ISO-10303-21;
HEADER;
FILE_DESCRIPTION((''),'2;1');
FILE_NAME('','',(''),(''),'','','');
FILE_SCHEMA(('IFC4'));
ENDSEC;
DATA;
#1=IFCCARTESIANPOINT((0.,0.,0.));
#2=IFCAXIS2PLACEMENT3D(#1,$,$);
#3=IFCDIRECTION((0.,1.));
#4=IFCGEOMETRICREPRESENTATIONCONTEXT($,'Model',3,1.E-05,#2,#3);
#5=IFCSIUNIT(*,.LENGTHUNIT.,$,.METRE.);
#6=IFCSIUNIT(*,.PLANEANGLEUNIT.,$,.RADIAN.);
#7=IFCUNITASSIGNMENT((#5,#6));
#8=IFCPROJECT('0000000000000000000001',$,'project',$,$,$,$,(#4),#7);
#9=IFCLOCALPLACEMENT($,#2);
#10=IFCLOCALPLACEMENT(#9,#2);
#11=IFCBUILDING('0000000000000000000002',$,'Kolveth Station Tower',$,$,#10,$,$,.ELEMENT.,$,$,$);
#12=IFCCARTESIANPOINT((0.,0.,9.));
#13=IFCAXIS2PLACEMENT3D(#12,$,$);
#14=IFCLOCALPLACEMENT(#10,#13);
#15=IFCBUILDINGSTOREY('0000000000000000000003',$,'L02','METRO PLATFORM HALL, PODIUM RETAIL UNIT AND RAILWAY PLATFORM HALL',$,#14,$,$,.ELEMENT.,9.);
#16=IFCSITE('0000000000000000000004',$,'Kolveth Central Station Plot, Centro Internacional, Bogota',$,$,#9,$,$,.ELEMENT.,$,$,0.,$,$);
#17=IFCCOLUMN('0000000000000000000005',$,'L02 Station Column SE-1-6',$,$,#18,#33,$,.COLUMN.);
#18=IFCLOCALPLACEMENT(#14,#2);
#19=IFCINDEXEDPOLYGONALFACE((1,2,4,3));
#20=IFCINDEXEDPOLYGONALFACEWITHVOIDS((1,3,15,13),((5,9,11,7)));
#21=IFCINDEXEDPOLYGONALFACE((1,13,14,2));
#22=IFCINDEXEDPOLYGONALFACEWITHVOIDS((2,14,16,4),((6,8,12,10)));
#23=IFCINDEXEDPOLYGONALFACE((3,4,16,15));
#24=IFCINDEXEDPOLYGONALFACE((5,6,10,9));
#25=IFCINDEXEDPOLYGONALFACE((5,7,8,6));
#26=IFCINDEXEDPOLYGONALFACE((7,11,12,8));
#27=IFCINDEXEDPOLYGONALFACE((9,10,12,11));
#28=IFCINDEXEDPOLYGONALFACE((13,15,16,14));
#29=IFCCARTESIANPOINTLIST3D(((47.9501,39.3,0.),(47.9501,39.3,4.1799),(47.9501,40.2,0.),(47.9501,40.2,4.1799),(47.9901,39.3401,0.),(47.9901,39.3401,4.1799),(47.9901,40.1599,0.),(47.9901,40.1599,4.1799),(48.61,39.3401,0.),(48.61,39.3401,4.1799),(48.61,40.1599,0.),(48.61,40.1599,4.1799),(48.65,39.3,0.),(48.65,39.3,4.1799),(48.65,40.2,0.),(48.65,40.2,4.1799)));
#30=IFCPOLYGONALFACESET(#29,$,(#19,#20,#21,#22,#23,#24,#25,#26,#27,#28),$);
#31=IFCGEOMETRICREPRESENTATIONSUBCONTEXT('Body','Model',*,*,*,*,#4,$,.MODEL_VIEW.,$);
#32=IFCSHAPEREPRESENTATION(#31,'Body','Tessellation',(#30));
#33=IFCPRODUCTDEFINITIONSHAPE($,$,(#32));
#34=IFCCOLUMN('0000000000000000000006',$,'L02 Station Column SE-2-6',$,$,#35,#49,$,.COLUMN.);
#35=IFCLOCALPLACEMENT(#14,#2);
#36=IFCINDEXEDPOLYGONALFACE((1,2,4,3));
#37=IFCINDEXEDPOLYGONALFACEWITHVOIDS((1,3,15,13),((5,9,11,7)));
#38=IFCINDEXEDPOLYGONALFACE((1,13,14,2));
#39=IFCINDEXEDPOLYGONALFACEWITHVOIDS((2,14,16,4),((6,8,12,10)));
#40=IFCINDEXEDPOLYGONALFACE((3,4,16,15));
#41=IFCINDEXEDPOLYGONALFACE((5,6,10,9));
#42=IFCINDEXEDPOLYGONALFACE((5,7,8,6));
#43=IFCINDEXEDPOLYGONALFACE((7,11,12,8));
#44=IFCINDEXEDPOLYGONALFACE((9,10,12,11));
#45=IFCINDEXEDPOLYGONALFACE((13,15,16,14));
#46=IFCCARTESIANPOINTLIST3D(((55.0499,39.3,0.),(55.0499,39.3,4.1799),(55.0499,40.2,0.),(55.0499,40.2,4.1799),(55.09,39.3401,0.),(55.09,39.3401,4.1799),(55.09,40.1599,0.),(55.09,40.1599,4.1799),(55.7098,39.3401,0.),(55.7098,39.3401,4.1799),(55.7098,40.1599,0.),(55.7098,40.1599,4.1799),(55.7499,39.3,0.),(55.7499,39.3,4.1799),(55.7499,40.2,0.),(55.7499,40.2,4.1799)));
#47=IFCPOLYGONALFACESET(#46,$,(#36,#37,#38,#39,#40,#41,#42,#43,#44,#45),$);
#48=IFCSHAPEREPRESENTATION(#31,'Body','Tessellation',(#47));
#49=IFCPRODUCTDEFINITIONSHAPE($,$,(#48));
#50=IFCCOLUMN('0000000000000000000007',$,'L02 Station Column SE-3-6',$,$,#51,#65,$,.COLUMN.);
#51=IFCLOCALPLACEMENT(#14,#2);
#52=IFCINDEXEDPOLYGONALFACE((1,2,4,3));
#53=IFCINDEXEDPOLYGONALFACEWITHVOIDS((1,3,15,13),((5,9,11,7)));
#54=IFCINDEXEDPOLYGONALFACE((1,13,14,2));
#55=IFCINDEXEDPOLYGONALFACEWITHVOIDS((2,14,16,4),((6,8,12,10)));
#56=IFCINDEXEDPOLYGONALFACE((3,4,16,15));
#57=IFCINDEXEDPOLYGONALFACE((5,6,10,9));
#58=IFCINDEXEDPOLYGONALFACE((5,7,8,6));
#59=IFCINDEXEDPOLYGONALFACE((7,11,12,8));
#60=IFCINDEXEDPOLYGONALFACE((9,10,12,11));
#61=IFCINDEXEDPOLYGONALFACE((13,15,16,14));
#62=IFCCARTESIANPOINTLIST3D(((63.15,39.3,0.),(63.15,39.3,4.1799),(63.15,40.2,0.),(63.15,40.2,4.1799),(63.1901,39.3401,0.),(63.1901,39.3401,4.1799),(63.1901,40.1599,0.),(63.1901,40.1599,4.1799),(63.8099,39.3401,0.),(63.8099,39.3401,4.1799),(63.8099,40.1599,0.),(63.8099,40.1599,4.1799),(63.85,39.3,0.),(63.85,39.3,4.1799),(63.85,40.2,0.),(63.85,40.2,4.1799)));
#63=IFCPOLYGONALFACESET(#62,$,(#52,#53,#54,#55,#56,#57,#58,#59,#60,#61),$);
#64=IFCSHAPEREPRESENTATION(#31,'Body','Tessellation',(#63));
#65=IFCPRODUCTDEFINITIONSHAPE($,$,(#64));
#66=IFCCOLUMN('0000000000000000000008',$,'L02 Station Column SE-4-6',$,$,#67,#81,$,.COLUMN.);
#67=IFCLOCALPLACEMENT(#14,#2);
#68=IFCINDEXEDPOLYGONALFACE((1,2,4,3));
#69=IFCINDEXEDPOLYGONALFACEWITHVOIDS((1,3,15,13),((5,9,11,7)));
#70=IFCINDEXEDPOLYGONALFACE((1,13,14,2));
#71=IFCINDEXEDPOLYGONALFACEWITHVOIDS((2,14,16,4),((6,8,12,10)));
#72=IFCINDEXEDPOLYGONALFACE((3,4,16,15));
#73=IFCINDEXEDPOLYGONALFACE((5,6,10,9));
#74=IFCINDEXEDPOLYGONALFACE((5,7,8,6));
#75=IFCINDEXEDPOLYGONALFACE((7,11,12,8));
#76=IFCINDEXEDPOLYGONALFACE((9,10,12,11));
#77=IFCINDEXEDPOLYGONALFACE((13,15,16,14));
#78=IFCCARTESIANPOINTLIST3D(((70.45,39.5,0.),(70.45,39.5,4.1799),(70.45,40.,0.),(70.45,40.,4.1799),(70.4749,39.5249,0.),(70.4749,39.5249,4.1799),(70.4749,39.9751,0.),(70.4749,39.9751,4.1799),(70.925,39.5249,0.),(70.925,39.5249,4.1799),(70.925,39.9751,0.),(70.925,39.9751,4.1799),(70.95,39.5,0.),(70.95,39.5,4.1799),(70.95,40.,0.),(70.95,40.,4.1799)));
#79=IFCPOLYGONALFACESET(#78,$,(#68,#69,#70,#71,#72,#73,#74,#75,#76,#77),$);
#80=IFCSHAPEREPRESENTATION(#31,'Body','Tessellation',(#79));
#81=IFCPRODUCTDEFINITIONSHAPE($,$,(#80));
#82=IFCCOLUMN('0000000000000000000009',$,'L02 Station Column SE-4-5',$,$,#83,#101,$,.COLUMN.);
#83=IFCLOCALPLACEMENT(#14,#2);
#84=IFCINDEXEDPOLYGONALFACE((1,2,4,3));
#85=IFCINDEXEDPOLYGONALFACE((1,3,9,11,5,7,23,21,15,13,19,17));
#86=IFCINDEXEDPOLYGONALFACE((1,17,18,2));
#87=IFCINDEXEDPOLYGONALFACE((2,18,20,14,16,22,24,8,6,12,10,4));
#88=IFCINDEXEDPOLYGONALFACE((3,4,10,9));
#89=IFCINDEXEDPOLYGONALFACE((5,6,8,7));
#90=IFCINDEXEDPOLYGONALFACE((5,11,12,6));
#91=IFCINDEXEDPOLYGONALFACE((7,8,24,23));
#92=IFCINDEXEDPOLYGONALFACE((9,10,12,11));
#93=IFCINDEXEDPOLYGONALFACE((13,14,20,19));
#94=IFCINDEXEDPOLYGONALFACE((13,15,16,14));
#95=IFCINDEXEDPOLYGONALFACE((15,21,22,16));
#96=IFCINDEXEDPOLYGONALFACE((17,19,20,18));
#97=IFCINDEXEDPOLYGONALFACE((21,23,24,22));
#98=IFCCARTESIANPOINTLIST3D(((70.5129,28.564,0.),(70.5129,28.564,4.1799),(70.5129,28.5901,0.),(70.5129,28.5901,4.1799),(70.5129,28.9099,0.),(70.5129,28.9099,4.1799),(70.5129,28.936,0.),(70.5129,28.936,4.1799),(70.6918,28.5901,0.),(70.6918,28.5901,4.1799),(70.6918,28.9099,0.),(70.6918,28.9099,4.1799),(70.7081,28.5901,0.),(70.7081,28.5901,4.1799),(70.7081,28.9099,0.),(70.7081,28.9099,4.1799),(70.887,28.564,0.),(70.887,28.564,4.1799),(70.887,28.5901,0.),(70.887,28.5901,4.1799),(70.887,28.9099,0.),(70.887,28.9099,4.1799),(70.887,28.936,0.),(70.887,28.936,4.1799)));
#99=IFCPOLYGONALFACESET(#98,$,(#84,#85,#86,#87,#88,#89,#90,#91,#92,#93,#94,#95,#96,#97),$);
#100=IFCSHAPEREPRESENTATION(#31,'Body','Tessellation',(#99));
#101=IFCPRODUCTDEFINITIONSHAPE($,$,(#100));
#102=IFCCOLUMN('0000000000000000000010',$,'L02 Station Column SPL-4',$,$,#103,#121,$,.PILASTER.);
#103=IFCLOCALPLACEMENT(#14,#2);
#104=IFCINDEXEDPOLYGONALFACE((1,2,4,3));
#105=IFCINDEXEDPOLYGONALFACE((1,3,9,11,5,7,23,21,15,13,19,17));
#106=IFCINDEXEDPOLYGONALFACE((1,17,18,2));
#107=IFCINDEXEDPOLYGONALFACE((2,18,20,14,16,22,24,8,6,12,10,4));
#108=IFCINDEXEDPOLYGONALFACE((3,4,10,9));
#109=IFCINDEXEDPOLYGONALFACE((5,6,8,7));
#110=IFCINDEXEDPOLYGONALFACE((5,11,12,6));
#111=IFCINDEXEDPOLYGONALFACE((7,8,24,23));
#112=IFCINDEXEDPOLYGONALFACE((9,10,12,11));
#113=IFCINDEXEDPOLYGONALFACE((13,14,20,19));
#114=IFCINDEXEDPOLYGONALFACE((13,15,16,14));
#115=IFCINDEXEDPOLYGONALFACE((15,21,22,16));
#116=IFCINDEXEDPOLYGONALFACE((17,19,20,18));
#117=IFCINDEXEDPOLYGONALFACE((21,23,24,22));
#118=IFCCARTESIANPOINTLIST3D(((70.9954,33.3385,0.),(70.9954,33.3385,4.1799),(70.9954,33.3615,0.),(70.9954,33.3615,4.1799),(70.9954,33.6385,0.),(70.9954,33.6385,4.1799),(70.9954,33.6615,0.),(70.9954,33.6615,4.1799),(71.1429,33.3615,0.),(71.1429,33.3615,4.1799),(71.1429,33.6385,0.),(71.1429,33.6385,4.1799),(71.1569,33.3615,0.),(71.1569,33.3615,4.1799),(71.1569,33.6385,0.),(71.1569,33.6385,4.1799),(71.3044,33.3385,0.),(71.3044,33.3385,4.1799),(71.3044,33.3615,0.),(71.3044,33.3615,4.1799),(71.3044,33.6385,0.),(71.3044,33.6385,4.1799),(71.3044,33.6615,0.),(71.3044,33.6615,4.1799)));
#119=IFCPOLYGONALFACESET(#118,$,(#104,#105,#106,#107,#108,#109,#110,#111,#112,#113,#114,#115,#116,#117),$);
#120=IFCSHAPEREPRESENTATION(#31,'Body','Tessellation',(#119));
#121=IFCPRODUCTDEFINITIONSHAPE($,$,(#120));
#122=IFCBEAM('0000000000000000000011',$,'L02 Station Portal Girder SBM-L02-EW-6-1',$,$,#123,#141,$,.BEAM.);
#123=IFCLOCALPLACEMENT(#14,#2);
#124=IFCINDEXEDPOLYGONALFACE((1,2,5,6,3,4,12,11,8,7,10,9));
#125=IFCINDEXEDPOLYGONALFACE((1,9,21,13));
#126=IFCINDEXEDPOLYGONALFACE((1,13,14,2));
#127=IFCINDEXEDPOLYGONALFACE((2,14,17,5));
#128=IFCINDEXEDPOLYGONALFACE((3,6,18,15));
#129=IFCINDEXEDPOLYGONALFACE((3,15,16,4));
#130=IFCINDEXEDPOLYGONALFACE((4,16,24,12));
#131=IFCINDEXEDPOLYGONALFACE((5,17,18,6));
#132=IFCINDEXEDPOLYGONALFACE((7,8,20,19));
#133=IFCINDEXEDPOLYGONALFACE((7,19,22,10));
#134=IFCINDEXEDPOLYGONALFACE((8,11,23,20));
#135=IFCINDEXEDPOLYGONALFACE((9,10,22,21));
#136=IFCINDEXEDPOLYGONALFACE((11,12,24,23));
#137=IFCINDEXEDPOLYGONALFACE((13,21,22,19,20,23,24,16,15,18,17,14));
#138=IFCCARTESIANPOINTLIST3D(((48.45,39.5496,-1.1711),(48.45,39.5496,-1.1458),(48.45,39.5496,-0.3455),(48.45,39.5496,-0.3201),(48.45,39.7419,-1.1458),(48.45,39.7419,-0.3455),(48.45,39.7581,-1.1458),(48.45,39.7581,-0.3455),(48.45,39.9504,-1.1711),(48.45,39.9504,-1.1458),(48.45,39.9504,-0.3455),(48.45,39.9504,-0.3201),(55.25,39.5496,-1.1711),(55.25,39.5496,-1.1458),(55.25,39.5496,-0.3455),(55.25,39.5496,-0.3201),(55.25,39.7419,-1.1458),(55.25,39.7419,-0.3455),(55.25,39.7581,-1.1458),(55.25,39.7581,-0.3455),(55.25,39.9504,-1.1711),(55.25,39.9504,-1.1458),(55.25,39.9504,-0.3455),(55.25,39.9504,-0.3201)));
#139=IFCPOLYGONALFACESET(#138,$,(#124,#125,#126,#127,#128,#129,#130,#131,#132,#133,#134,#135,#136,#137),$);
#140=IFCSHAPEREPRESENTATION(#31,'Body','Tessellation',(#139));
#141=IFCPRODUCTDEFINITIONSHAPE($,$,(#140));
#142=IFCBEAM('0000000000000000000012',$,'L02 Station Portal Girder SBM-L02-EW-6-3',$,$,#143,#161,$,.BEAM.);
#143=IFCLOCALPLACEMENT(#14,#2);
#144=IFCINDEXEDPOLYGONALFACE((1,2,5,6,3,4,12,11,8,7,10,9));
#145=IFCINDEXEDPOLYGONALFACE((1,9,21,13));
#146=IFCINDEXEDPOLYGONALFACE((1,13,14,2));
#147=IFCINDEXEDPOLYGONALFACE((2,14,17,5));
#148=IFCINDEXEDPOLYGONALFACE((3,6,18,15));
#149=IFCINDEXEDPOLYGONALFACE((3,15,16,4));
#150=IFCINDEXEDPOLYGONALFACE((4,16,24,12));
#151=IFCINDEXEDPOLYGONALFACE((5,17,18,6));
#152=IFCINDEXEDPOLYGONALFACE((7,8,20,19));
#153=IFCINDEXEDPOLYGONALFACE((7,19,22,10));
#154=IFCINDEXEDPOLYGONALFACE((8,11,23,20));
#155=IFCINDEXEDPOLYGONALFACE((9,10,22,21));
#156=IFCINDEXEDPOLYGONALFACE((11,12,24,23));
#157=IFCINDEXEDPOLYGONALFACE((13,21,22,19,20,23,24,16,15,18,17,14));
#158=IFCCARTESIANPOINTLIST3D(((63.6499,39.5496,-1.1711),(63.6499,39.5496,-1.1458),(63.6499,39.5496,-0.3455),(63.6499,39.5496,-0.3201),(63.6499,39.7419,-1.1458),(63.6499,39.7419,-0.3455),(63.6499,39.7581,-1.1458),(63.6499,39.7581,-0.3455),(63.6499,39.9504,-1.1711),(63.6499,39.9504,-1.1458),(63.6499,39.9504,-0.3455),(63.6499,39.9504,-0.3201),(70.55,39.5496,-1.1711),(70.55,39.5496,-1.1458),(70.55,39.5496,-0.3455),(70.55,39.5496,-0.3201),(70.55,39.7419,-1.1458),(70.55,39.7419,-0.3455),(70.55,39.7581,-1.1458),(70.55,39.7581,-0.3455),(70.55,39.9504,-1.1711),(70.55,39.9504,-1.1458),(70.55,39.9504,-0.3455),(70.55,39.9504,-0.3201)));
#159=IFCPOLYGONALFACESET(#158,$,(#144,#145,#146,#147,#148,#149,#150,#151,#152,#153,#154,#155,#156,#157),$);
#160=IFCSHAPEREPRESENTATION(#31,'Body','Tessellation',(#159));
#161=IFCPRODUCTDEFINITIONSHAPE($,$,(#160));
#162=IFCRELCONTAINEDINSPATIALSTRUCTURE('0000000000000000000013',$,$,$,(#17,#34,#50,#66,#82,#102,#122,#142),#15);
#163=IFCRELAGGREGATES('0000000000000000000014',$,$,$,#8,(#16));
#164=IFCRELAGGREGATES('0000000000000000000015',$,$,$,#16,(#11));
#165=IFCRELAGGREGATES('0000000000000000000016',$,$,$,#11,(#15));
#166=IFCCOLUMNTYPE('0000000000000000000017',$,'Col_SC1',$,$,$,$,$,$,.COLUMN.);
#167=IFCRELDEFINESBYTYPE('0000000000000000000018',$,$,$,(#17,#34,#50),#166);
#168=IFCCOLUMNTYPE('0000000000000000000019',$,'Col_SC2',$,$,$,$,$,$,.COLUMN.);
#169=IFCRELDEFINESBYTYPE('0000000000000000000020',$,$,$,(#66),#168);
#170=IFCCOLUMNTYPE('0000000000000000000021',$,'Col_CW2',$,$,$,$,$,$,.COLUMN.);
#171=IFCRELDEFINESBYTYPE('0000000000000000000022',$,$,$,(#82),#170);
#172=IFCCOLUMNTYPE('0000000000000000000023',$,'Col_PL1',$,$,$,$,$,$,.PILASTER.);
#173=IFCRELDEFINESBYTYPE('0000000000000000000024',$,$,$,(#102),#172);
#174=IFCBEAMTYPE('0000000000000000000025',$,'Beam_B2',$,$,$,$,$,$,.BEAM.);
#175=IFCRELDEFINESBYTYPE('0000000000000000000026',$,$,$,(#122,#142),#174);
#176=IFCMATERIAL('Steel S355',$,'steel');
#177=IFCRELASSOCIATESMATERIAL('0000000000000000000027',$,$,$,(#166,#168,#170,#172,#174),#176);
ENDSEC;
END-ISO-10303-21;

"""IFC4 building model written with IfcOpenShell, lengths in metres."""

from ifc_helpers import new_model, si_unit, direction, frame, origin, origin_2d, place, context, subcontext, project, spatial, hollow_rectangle, i_section, extrude, source, transform, mapped, material, material_profile, profile_set, type_object, element, save


model = new_model("IFC4")

# Units and contexts
model_context = context("Model", 3, precision=1e-05, world=origin(), true_north=direction((0.0, 1.0)))
body_context = subcontext(model_context, "Body", "Model", "MODEL_VIEW")
ifc_project = project(units=[si_unit("LENGTHUNIT", "METRE"), si_unit("PLANEANGLEUNIT", "RADIAN")], contexts=[model_context])

# Site, building, storey
site_placement = place(None, origin())
site = spatial("IfcSite", under=ifc_project, at=site_placement, Name="Kolveth Central Station Plot, Centro Internacional, Bogota", CompositionType="ELEMENT", RefElevation=0.0)
building_placement = place(site_placement, origin())
building = spatial("IfcBuilding", under=site, at=building_placement, Name="Kolveth Station Tower", CompositionType="ELEMENT")
storey_placement = place(building_placement, frame((0.0, 0.0, 9.0)))
storey = spatial("IfcBuildingStorey", under=building, at=storey_placement, Name="L02", Description="METRO PLATFORM HALL, PODIUM RETAIL UNIT AND RAILWAY PLATFORM HALL", CompositionType="ELEMENT", Elevation=9.0)

# Columns
ifc_material_1 = material(Name="Steel S355", Category="steel")
ifc_material_profile_1 = material_profile(ifc_material_1, hollow_rectangle(XDim=0.7, YDim=0.8999, WallThickness=0.04, at=origin_2d()), Name="BOX900x700x40")
ifc_profile_set_1 = profile_set([ifc_material_profile_1], Name="Steel S355")
column_type_1 = type_object("IfcColumnType", Name="Col_SC1", PredefinedType="COLUMN", material=ifc_profile_set_1)
shared_shape_1 = source(origin(), body_context, "Body", "SweptSolid", [
    extrude(hollow_rectangle(XDim=0.7, YDim=0.8999, WallThickness=0.04, at=origin_2d()), origin(), (0.0, 0.0, 1.0), 4.1799),
])
for number, where, z_axis, x_axis, name in (
    (1, (48.3, 39.75, 0.0), (0.0, 0.0, 1.0), (1.0, 0.0, 0.0), "L02 Station Column SE-1-6"),
    (2, (55.3999, 39.75, 0.0), (0.0, 0.0, 1.0), (1.0, 0.0, 0.0), "L02 Station Column SE-2-6"),
    (3, (63.5, 39.75, 0.0), (0.0, 0.0, 1.0), (1.0, 0.0, 0.0), "L02 Station Column SE-3-6"),
):
    element("IfcColumn", number, at=place(storey_placement, frame(where, z_axis=z_axis, x_axis=x_axis)), inside=storey, type_object=column_type_1, Name=name, PredefinedType="COLUMN", context=body_context, shape_type="MappedRepresentation", body=[
        mapped(shared_shape_1, transform((0.0, 0.0, 0.0), x_axis=(1.0, 0.0, 0.0), y_axis=(0.0, 1.0, 0.0), z_axis=(0.0, 0.0, 1.0), scale=1.0)),
    ])
ifc_material_profile_2 = material_profile(ifc_material_1, hollow_rectangle(XDim=0.5, YDim=0.5, WallThickness=0.0249, at=origin_2d()), Name="HSS500x500x25")
ifc_profile_set_2 = profile_set([ifc_material_profile_2], Name="Steel S355")
column_type_2 = type_object("IfcColumnType", Name="Col_SC2", PredefinedType="COLUMN", material=ifc_profile_set_2)
shared_shape_2 = source(origin(), body_context, "Body", "SweptSolid", [
    extrude(hollow_rectangle(XDim=0.5, YDim=0.5, WallThickness=0.0249, at=origin_2d()), origin(), (0.0, 0.0, 1.0), 4.1799),
])
column_1_placement = place(storey_placement, frame((70.7, 39.75, 0.0), z_axis=(0.0, 0.0, 1.0), x_axis=(1.0, 0.0, 0.0)))
element("IfcColumn", 4, at=column_1_placement, inside=storey, type_object=column_type_2, Name="L02 Station Column SE-4-6", PredefinedType="COLUMN", context=body_context, shape_type="MappedRepresentation", body=[
    mapped(shared_shape_2, transform((0.0, 0.0, 0.0), x_axis=(1.0, 0.0, 0.0), y_axis=(0.0, 1.0, 0.0), z_axis=(0.0, 0.0, 1.0), scale=1.0)),
])
ifc_material_profile_3 = material_profile(ifc_material_1, i_section(OverallWidth=0.374, OverallDepth=0.3721, WebThickness=0.0164, FlangeThickness=0.0261, at=origin_2d()), Name="W360x196")
ifc_profile_set_3 = profile_set([ifc_material_profile_3], Name="Steel S355")
column_type_3 = type_object("IfcColumnType", Name="Col_CW2", PredefinedType="COLUMN", material=ifc_profile_set_3)
shared_shape_3 = source(origin(), body_context, "Body", "SweptSolid", [
    extrude(i_section(OverallWidth=0.374, OverallDepth=0.3721, WebThickness=0.0164, FlangeThickness=0.0261, at=origin_2d()), origin(), (0.0, 0.0, 1.0), 4.1799),
])
column_2_placement = place(storey_placement, frame((70.7, 28.75, 0.0), z_axis=(0.0, 0.0, 1.0), x_axis=(1.0, 0.0, 0.0)))
element("IfcColumn", 5, at=column_2_placement, inside=storey, type_object=column_type_3, Name="L02 Station Column SE-4-5", PredefinedType="COLUMN", context=body_context, shape_type="MappedRepresentation", body=[
    mapped(shared_shape_3, transform((0.0, 0.0, 0.0), x_axis=(1.0, 0.0, 0.0), y_axis=(0.0, 1.0, 0.0), z_axis=(0.0, 0.0, 1.0), scale=1.0)),
])
ifc_material_profile_4 = material_profile(ifc_material_1, i_section(OverallWidth=0.3091, OverallDepth=0.323, WebThickness=0.0139, FlangeThickness=0.0229, at=origin_2d()), Name="W310x143")
ifc_profile_set_4 = profile_set([ifc_material_profile_4], Name="Steel S355")
column_type_4 = type_object("IfcColumnType", Name="Col_PL1", PredefinedType="PILASTER", material=ifc_profile_set_4)
shared_shape_4 = source(origin(), body_context, "Body", "SweptSolid", [
    extrude(i_section(OverallWidth=0.3091, OverallDepth=0.323, WebThickness=0.0139, FlangeThickness=0.0229, at=origin_2d()), origin(), (0.0, 0.0, 1.0), 4.1799),
])
column_3_placement = place(storey_placement, frame((71.1499, 33.5, 0.0), z_axis=(0.0, 0.0, 1.0), x_axis=(1.0, 0.0, 0.0)))
element("IfcColumn", 6, at=column_3_placement, inside=storey, type_object=column_type_4, Name="L02 Station Column SPL-4", PredefinedType="PILASTER", context=body_context, shape_type="MappedRepresentation", body=[
    mapped(shared_shape_4, transform((0.0, 0.0, 0.0), x_axis=(1.0, 0.0, 0.0), y_axis=(0.0, 1.0, 0.0), z_axis=(0.0, 0.0, 1.0), scale=1.0)),
])

# Beams
ifc_material_profile_5 = material_profile(ifc_material_1, i_section(OverallWidth=0.4009, OverallDepth=0.8511, WebThickness=0.0161, FlangeThickness=0.0254, at=origin_2d()), Name="W840x226")
ifc_profile_set_5 = profile_set([ifc_material_profile_5], Name="Steel S355")
beam_type_1 = type_object("IfcBeamType", Name="Beam_B2", PredefinedType="BEAM", material=ifc_profile_set_5)
shared_shape_5 = source(origin(), body_context, "Body", "SweptSolid", [
    extrude(i_section(OverallWidth=0.4009, OverallDepth=0.8511, WebThickness=0.0161, FlangeThickness=0.0254, at=origin_2d()), origin(), (0.0, 0.0, 1.0), 6.8),
])
beam_1_placement = place(storey_placement, frame((48.45, 39.75, -0.7456), z_axis=(1.0, 0.0, 0.0), x_axis=(0.0, 1.0, 0.0)))
element("IfcBeam", 7, at=beam_1_placement, inside=storey, type_object=beam_type_1, Name="L02 Station Portal Girder SBM-L02-EW-6-1", PredefinedType="BEAM", context=body_context, shape_type="MappedRepresentation", body=[
    mapped(shared_shape_5, transform((0.0, 0.0, 0.0), x_axis=(1.0, 0.0, 0.0), y_axis=(0.0, 1.0, 0.0), z_axis=(0.0, 0.0, 1.0), scale=1.0)),
])
shared_shape_6 = source(origin(), body_context, "Body", "SweptSolid", [
    extrude(i_section(OverallWidth=0.4009, OverallDepth=0.8511, WebThickness=0.0161, FlangeThickness=0.0254, at=origin_2d()), origin(), (0.0, 0.0, 1.0), 6.9001),
])
beam_2_placement = place(storey_placement, frame((63.6499, 39.75, -0.7456), z_axis=(1.0, 0.0, 0.0), x_axis=(0.0, 1.0, 0.0)))
element("IfcBeam", 8, at=beam_2_placement, inside=storey, type_object=beam_type_1, Name="L02 Station Portal Girder SBM-L02-EW-6-3", PredefinedType="BEAM", context=body_context, shape_type="MappedRepresentation", body=[
    mapped(shared_shape_6, transform((0.0, 0.0, 0.0), x_axis=(1.0, 0.0, 0.0), y_axis=(0.0, 1.0, 0.0), z_axis=(0.0, 0.0, 1.0), scale=1.0)),
])

save(model, "model.ifc")
